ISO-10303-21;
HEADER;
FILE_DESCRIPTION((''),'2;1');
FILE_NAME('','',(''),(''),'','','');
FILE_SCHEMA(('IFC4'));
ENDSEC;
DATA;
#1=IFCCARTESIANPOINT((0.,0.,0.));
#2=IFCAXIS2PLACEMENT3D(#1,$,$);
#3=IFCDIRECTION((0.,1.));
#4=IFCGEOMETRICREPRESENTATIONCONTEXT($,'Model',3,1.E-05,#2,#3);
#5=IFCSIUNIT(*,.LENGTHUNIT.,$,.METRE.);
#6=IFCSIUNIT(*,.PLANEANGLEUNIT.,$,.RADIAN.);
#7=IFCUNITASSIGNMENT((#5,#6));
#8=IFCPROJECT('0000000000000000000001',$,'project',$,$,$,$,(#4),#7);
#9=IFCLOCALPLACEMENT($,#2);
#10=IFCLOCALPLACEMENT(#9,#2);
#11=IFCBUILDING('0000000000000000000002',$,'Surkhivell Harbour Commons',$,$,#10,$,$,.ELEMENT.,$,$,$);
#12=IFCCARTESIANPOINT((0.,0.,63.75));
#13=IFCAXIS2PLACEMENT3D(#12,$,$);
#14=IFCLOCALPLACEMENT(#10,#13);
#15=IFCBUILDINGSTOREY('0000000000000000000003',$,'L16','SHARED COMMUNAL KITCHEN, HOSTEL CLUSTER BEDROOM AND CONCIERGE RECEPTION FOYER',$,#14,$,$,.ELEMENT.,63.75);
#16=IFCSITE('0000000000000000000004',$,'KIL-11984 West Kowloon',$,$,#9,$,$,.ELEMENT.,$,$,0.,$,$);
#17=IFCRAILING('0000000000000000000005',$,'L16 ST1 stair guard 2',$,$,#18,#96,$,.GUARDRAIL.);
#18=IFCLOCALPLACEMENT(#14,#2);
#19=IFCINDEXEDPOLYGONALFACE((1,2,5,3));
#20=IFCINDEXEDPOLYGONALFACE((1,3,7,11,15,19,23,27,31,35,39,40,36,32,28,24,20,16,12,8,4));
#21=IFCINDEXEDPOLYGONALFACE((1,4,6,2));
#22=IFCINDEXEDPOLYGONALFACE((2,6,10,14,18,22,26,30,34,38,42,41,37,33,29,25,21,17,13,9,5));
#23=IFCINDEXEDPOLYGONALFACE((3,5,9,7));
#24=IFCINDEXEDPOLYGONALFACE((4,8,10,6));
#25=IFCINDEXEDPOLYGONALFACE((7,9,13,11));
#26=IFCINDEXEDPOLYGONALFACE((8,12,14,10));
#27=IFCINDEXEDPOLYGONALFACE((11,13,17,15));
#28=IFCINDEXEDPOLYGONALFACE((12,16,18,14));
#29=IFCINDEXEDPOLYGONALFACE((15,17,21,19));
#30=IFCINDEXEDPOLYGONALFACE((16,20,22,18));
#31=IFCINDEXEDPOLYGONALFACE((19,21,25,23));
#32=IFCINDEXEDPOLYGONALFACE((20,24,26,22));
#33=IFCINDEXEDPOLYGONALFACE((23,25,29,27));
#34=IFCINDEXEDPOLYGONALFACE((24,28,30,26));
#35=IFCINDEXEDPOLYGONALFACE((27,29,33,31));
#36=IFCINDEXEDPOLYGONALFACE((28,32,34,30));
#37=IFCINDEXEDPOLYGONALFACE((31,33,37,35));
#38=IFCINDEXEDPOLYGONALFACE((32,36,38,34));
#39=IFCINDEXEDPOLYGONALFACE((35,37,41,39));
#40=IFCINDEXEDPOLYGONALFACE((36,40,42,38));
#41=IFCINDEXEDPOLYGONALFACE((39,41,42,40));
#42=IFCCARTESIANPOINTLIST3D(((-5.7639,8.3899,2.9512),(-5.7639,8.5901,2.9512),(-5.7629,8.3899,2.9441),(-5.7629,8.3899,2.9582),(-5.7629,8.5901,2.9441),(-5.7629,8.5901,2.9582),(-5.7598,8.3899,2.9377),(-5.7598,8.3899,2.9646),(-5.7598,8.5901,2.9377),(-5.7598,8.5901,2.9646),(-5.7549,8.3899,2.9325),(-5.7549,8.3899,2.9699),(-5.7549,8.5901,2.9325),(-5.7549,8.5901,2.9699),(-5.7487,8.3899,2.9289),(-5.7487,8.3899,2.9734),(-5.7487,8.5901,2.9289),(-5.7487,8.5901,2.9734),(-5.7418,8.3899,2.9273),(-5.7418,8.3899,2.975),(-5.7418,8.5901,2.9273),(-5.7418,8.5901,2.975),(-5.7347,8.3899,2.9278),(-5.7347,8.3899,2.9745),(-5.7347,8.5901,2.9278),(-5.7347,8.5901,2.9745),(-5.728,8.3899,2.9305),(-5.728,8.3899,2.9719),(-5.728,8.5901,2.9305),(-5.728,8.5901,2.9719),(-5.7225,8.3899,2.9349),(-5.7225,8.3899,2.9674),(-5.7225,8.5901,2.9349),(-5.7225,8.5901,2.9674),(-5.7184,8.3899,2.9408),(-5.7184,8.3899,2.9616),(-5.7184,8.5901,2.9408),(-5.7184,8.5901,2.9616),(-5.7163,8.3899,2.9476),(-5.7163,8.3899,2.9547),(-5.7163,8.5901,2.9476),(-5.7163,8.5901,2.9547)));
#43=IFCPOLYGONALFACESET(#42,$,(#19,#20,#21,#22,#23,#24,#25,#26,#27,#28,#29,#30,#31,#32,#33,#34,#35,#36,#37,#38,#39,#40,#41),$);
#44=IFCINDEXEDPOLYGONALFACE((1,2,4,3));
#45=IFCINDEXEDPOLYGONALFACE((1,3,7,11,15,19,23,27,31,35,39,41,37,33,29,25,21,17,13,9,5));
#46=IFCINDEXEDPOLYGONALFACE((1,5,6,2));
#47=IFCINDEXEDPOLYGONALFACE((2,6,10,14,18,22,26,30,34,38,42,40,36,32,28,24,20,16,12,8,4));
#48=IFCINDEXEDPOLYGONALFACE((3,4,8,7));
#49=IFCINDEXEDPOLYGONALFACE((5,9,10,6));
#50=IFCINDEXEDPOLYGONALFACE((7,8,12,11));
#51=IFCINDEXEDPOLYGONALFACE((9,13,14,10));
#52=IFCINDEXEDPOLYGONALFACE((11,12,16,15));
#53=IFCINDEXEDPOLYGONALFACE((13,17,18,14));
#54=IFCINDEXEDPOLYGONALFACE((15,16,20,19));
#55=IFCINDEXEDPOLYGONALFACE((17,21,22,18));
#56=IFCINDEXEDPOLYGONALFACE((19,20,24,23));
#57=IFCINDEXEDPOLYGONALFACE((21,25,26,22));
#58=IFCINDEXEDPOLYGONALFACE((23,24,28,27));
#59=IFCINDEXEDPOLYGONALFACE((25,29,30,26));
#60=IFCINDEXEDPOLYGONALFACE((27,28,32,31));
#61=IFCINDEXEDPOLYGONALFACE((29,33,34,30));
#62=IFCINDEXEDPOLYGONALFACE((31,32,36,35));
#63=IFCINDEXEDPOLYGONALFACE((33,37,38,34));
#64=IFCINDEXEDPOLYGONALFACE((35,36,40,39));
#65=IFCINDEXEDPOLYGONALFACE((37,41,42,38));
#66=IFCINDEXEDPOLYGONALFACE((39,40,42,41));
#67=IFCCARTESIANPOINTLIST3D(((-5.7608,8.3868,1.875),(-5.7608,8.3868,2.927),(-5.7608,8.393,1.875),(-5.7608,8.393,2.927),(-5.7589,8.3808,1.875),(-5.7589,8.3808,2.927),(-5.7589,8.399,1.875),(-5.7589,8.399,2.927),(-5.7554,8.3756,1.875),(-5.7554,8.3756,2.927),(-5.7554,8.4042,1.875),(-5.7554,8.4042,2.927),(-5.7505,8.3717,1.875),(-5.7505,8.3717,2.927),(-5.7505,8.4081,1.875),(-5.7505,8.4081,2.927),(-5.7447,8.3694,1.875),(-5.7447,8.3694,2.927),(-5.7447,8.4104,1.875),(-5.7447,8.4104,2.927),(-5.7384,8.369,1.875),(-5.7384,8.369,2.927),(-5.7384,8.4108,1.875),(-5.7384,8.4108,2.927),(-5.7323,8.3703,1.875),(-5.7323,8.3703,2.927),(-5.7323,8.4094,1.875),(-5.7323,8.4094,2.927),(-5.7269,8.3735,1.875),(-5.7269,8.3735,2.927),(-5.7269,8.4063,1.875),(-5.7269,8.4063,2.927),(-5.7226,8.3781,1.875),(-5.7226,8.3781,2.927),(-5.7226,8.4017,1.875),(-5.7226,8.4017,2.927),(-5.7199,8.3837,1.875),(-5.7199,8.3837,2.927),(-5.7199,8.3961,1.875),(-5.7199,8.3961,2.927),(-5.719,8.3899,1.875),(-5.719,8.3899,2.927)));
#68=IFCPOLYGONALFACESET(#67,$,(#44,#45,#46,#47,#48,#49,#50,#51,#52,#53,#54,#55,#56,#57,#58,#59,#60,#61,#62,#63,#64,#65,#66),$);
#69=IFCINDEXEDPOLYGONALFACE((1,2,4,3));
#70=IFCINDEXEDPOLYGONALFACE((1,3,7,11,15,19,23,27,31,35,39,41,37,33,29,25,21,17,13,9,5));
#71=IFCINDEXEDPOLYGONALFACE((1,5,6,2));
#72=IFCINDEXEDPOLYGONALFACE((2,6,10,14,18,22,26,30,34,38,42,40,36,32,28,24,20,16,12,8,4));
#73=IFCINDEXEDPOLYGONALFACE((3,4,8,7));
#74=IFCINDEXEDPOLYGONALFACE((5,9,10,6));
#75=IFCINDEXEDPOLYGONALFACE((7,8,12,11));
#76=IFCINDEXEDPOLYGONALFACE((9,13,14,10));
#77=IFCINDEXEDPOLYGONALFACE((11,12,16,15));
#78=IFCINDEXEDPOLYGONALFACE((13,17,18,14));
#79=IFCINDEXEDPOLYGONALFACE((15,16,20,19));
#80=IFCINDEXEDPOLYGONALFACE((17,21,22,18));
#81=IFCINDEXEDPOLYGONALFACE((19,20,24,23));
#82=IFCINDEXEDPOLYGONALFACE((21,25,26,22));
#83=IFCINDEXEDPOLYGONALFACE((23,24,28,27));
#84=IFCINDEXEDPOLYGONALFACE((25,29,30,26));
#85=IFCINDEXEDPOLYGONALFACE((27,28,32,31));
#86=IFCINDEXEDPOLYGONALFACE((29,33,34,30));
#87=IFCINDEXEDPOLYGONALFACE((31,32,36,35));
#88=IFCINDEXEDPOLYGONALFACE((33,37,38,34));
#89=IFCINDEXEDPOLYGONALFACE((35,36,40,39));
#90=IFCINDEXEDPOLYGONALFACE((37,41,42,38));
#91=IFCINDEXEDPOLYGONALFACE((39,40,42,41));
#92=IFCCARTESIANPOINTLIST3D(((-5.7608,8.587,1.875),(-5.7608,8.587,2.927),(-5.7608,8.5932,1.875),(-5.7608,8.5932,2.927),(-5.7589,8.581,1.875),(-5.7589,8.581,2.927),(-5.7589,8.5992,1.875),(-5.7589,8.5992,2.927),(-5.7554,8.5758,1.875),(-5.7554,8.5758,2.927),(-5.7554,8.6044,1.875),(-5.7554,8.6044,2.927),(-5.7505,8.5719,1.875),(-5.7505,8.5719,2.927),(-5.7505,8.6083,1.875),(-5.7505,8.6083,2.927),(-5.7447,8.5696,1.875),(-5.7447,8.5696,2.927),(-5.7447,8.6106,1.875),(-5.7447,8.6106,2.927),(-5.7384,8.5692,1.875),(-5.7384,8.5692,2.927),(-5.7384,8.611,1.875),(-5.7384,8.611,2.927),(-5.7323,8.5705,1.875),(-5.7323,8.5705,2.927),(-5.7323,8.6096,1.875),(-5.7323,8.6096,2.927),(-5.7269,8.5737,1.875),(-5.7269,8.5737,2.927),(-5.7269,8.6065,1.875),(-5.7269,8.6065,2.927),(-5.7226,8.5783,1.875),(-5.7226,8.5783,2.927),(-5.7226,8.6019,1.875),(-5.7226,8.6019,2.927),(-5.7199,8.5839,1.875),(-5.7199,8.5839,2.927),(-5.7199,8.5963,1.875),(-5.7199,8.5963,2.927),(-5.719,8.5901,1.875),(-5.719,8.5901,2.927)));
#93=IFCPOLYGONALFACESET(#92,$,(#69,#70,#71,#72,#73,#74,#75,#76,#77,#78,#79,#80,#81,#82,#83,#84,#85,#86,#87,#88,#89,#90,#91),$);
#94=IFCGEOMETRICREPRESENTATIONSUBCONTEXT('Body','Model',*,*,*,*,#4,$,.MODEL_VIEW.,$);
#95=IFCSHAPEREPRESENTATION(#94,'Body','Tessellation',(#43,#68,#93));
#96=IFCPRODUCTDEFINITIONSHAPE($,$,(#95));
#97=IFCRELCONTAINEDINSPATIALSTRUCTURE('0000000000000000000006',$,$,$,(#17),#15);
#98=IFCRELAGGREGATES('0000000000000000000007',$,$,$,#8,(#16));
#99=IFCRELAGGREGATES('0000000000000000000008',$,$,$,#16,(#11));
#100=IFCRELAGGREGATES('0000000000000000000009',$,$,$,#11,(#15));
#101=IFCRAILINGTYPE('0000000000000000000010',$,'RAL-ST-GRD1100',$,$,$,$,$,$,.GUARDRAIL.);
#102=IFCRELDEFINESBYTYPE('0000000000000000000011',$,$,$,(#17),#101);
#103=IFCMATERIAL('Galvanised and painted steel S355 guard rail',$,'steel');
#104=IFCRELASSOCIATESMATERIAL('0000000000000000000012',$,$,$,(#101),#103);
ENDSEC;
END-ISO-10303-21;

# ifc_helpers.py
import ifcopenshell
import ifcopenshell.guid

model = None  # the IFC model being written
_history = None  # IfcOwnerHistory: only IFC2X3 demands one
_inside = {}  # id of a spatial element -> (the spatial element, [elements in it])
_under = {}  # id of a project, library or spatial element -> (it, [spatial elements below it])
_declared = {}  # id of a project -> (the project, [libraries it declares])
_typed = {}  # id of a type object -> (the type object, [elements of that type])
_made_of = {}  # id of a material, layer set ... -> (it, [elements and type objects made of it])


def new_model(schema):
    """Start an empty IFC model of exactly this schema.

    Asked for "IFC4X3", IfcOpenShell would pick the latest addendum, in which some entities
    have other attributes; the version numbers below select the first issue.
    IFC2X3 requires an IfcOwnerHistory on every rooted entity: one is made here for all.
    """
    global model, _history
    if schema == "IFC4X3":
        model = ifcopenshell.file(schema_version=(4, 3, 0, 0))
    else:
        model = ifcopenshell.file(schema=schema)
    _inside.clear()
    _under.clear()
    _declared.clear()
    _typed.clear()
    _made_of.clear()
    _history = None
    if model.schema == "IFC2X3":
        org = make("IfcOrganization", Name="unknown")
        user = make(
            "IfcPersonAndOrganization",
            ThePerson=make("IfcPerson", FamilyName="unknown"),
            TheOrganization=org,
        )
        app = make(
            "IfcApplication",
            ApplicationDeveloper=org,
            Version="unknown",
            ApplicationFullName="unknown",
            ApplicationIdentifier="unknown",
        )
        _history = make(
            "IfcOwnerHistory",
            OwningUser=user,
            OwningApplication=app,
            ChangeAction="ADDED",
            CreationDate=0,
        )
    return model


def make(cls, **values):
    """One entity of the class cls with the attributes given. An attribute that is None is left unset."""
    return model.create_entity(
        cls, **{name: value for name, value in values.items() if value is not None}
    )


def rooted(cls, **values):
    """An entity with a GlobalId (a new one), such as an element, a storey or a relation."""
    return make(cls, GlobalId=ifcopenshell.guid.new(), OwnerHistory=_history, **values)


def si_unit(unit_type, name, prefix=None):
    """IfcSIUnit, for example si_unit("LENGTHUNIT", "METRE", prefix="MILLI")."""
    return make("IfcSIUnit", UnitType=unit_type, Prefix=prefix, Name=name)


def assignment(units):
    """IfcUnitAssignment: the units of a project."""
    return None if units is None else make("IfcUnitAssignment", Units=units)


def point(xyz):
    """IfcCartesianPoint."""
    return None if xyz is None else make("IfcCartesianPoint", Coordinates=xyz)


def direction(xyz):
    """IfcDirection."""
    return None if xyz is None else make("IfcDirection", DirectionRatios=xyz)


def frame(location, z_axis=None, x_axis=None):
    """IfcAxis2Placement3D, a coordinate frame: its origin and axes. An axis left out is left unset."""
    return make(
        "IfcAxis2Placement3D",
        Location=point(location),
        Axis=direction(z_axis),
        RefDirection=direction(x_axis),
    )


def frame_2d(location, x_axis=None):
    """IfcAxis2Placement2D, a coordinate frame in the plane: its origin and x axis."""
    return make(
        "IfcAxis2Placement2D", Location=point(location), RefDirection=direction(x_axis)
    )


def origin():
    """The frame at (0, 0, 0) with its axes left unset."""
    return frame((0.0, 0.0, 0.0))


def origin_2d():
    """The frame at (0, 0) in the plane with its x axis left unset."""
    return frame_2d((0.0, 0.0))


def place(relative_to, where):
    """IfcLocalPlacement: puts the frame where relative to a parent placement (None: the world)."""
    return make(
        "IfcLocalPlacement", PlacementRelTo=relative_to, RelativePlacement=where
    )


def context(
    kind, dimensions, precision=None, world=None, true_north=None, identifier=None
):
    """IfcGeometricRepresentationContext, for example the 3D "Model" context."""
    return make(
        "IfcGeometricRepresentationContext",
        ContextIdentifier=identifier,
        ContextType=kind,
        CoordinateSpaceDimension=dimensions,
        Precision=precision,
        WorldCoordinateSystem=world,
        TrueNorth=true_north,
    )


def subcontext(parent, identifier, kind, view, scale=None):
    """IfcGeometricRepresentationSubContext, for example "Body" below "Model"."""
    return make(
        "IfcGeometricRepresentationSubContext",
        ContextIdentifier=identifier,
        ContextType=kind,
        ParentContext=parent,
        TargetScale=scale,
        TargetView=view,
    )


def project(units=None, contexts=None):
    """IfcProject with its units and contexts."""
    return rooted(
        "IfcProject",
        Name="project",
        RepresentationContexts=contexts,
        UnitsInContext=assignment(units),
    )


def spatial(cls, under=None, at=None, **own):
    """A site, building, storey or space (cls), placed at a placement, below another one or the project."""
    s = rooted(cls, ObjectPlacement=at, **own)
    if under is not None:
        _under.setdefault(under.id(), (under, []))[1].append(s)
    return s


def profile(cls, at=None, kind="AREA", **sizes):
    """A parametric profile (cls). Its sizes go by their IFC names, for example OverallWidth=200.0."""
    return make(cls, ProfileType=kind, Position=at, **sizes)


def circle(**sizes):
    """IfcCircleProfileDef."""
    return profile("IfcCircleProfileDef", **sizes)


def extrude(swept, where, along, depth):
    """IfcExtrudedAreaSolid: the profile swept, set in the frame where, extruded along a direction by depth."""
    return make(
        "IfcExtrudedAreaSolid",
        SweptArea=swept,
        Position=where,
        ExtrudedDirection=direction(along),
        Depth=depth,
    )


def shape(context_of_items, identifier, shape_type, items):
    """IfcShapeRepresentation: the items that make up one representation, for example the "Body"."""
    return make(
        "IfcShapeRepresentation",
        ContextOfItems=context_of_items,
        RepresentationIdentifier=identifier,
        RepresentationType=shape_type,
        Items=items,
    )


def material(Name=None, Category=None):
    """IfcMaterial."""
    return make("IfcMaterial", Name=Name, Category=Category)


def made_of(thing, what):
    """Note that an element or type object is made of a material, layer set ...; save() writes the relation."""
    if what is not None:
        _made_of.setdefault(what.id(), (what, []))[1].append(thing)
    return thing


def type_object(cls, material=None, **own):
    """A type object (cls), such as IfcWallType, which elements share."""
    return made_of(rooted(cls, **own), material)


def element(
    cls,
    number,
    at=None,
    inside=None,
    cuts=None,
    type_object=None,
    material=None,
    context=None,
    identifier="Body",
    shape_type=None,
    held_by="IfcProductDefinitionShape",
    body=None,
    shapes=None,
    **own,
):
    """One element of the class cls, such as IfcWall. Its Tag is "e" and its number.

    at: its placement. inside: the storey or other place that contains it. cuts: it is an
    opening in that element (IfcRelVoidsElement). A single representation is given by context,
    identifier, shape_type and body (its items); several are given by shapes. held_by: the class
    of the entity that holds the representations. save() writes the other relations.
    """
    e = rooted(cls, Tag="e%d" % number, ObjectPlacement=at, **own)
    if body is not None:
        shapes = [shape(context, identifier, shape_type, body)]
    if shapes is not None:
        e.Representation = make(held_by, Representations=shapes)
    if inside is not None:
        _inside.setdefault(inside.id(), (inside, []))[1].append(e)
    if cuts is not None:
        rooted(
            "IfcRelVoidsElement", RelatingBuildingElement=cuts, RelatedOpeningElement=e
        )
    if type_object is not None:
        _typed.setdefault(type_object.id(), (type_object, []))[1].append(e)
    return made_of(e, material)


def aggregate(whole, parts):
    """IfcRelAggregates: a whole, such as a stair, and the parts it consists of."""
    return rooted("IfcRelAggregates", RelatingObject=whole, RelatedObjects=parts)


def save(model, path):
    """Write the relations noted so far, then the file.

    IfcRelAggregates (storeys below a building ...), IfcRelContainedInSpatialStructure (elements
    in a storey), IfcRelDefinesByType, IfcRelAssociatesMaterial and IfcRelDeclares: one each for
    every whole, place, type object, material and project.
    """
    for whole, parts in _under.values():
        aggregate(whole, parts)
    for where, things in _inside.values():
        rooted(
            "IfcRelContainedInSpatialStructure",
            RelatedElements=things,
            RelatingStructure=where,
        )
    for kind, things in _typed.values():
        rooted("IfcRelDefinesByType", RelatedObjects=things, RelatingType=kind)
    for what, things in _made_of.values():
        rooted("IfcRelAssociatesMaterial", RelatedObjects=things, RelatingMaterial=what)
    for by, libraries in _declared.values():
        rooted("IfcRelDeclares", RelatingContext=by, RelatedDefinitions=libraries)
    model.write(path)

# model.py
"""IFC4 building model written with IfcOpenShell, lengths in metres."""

from ifc_helpers import new_model, si_unit, direction, frame, origin, origin_2d, place, context, subcontext, project, spatial, circle, extrude, material, type_object, element, save


model = new_model("IFC4")

# Units and contexts
model_context = context("Model", 3, precision=1e-05, world=origin(), true_north=direction((0.0, 1.0)))
body_context = subcontext(model_context, "Body", "Model", "MODEL_VIEW")
ifc_project = project(units=[si_unit("LENGTHUNIT", "METRE"), si_unit("PLANEANGLEUNIT", "RADIAN")], contexts=[model_context])

# Site, building, storey
site_placement = place(None, origin())
site = spatial("IfcSite", under=ifc_project, at=site_placement, Name="KIL-11984 West Kowloon", CompositionType="ELEMENT", RefElevation=0.0)
building_placement = place(site_placement, origin())
building = spatial("IfcBuilding", under=site, at=building_placement, Name="Surkhivell Harbour Commons", CompositionType="ELEMENT")
storey_placement = place(building_placement, frame((0.0, 0.0, 63.75)))
storey = spatial("IfcBuildingStorey", under=building, at=storey_placement, Name="L16", Description="SHARED COMMUNAL KITCHEN, HOSTEL CLUSTER BEDROOM AND CONCIERGE RECEPTION FOYER", CompositionType="ELEMENT", Elevation=63.75)

# Railing
ifc_material_1 = material(Name="Galvanised and painted steel S355 guard rail", Category="steel")
railing_type_1 = type_object("IfcRailingType", Name="RAL-ST-GRD1100", PredefinedType="GUARDRAIL", material=ifc_material_1)
railing_1_placement = place(storey_placement, frame((-5.74, 8.3899, 1.875)))
element("IfcRailing", 1, at=railing_1_placement, inside=storey, type_object=railing_type_1, Name="L16 ST1 stair guard 2", PredefinedType="GUARDRAIL", context=body_context, shape_type="SweptSolid", body=[
    extrude(circle(Radius=0.0239, at=origin_2d()), frame((0.0, 0.0, 1.0762), z_axis=(0.0, 1.0, 0.0), x_axis=(-1.0, 0.0, 0.0)), (0.0, 0.0, 1.0), 0.2002),
    extrude(circle(Radius=0.021, at=origin_2d()), origin(), (0.0, 0.0, 1.0), 1.052),
    extrude(circle(Radius=0.021, at=origin_2d()), frame((0.0, 0.2002, 0.0)), (0.0, 0.0, 1.0), 1.052),
])

save(model, "model.ifc")
